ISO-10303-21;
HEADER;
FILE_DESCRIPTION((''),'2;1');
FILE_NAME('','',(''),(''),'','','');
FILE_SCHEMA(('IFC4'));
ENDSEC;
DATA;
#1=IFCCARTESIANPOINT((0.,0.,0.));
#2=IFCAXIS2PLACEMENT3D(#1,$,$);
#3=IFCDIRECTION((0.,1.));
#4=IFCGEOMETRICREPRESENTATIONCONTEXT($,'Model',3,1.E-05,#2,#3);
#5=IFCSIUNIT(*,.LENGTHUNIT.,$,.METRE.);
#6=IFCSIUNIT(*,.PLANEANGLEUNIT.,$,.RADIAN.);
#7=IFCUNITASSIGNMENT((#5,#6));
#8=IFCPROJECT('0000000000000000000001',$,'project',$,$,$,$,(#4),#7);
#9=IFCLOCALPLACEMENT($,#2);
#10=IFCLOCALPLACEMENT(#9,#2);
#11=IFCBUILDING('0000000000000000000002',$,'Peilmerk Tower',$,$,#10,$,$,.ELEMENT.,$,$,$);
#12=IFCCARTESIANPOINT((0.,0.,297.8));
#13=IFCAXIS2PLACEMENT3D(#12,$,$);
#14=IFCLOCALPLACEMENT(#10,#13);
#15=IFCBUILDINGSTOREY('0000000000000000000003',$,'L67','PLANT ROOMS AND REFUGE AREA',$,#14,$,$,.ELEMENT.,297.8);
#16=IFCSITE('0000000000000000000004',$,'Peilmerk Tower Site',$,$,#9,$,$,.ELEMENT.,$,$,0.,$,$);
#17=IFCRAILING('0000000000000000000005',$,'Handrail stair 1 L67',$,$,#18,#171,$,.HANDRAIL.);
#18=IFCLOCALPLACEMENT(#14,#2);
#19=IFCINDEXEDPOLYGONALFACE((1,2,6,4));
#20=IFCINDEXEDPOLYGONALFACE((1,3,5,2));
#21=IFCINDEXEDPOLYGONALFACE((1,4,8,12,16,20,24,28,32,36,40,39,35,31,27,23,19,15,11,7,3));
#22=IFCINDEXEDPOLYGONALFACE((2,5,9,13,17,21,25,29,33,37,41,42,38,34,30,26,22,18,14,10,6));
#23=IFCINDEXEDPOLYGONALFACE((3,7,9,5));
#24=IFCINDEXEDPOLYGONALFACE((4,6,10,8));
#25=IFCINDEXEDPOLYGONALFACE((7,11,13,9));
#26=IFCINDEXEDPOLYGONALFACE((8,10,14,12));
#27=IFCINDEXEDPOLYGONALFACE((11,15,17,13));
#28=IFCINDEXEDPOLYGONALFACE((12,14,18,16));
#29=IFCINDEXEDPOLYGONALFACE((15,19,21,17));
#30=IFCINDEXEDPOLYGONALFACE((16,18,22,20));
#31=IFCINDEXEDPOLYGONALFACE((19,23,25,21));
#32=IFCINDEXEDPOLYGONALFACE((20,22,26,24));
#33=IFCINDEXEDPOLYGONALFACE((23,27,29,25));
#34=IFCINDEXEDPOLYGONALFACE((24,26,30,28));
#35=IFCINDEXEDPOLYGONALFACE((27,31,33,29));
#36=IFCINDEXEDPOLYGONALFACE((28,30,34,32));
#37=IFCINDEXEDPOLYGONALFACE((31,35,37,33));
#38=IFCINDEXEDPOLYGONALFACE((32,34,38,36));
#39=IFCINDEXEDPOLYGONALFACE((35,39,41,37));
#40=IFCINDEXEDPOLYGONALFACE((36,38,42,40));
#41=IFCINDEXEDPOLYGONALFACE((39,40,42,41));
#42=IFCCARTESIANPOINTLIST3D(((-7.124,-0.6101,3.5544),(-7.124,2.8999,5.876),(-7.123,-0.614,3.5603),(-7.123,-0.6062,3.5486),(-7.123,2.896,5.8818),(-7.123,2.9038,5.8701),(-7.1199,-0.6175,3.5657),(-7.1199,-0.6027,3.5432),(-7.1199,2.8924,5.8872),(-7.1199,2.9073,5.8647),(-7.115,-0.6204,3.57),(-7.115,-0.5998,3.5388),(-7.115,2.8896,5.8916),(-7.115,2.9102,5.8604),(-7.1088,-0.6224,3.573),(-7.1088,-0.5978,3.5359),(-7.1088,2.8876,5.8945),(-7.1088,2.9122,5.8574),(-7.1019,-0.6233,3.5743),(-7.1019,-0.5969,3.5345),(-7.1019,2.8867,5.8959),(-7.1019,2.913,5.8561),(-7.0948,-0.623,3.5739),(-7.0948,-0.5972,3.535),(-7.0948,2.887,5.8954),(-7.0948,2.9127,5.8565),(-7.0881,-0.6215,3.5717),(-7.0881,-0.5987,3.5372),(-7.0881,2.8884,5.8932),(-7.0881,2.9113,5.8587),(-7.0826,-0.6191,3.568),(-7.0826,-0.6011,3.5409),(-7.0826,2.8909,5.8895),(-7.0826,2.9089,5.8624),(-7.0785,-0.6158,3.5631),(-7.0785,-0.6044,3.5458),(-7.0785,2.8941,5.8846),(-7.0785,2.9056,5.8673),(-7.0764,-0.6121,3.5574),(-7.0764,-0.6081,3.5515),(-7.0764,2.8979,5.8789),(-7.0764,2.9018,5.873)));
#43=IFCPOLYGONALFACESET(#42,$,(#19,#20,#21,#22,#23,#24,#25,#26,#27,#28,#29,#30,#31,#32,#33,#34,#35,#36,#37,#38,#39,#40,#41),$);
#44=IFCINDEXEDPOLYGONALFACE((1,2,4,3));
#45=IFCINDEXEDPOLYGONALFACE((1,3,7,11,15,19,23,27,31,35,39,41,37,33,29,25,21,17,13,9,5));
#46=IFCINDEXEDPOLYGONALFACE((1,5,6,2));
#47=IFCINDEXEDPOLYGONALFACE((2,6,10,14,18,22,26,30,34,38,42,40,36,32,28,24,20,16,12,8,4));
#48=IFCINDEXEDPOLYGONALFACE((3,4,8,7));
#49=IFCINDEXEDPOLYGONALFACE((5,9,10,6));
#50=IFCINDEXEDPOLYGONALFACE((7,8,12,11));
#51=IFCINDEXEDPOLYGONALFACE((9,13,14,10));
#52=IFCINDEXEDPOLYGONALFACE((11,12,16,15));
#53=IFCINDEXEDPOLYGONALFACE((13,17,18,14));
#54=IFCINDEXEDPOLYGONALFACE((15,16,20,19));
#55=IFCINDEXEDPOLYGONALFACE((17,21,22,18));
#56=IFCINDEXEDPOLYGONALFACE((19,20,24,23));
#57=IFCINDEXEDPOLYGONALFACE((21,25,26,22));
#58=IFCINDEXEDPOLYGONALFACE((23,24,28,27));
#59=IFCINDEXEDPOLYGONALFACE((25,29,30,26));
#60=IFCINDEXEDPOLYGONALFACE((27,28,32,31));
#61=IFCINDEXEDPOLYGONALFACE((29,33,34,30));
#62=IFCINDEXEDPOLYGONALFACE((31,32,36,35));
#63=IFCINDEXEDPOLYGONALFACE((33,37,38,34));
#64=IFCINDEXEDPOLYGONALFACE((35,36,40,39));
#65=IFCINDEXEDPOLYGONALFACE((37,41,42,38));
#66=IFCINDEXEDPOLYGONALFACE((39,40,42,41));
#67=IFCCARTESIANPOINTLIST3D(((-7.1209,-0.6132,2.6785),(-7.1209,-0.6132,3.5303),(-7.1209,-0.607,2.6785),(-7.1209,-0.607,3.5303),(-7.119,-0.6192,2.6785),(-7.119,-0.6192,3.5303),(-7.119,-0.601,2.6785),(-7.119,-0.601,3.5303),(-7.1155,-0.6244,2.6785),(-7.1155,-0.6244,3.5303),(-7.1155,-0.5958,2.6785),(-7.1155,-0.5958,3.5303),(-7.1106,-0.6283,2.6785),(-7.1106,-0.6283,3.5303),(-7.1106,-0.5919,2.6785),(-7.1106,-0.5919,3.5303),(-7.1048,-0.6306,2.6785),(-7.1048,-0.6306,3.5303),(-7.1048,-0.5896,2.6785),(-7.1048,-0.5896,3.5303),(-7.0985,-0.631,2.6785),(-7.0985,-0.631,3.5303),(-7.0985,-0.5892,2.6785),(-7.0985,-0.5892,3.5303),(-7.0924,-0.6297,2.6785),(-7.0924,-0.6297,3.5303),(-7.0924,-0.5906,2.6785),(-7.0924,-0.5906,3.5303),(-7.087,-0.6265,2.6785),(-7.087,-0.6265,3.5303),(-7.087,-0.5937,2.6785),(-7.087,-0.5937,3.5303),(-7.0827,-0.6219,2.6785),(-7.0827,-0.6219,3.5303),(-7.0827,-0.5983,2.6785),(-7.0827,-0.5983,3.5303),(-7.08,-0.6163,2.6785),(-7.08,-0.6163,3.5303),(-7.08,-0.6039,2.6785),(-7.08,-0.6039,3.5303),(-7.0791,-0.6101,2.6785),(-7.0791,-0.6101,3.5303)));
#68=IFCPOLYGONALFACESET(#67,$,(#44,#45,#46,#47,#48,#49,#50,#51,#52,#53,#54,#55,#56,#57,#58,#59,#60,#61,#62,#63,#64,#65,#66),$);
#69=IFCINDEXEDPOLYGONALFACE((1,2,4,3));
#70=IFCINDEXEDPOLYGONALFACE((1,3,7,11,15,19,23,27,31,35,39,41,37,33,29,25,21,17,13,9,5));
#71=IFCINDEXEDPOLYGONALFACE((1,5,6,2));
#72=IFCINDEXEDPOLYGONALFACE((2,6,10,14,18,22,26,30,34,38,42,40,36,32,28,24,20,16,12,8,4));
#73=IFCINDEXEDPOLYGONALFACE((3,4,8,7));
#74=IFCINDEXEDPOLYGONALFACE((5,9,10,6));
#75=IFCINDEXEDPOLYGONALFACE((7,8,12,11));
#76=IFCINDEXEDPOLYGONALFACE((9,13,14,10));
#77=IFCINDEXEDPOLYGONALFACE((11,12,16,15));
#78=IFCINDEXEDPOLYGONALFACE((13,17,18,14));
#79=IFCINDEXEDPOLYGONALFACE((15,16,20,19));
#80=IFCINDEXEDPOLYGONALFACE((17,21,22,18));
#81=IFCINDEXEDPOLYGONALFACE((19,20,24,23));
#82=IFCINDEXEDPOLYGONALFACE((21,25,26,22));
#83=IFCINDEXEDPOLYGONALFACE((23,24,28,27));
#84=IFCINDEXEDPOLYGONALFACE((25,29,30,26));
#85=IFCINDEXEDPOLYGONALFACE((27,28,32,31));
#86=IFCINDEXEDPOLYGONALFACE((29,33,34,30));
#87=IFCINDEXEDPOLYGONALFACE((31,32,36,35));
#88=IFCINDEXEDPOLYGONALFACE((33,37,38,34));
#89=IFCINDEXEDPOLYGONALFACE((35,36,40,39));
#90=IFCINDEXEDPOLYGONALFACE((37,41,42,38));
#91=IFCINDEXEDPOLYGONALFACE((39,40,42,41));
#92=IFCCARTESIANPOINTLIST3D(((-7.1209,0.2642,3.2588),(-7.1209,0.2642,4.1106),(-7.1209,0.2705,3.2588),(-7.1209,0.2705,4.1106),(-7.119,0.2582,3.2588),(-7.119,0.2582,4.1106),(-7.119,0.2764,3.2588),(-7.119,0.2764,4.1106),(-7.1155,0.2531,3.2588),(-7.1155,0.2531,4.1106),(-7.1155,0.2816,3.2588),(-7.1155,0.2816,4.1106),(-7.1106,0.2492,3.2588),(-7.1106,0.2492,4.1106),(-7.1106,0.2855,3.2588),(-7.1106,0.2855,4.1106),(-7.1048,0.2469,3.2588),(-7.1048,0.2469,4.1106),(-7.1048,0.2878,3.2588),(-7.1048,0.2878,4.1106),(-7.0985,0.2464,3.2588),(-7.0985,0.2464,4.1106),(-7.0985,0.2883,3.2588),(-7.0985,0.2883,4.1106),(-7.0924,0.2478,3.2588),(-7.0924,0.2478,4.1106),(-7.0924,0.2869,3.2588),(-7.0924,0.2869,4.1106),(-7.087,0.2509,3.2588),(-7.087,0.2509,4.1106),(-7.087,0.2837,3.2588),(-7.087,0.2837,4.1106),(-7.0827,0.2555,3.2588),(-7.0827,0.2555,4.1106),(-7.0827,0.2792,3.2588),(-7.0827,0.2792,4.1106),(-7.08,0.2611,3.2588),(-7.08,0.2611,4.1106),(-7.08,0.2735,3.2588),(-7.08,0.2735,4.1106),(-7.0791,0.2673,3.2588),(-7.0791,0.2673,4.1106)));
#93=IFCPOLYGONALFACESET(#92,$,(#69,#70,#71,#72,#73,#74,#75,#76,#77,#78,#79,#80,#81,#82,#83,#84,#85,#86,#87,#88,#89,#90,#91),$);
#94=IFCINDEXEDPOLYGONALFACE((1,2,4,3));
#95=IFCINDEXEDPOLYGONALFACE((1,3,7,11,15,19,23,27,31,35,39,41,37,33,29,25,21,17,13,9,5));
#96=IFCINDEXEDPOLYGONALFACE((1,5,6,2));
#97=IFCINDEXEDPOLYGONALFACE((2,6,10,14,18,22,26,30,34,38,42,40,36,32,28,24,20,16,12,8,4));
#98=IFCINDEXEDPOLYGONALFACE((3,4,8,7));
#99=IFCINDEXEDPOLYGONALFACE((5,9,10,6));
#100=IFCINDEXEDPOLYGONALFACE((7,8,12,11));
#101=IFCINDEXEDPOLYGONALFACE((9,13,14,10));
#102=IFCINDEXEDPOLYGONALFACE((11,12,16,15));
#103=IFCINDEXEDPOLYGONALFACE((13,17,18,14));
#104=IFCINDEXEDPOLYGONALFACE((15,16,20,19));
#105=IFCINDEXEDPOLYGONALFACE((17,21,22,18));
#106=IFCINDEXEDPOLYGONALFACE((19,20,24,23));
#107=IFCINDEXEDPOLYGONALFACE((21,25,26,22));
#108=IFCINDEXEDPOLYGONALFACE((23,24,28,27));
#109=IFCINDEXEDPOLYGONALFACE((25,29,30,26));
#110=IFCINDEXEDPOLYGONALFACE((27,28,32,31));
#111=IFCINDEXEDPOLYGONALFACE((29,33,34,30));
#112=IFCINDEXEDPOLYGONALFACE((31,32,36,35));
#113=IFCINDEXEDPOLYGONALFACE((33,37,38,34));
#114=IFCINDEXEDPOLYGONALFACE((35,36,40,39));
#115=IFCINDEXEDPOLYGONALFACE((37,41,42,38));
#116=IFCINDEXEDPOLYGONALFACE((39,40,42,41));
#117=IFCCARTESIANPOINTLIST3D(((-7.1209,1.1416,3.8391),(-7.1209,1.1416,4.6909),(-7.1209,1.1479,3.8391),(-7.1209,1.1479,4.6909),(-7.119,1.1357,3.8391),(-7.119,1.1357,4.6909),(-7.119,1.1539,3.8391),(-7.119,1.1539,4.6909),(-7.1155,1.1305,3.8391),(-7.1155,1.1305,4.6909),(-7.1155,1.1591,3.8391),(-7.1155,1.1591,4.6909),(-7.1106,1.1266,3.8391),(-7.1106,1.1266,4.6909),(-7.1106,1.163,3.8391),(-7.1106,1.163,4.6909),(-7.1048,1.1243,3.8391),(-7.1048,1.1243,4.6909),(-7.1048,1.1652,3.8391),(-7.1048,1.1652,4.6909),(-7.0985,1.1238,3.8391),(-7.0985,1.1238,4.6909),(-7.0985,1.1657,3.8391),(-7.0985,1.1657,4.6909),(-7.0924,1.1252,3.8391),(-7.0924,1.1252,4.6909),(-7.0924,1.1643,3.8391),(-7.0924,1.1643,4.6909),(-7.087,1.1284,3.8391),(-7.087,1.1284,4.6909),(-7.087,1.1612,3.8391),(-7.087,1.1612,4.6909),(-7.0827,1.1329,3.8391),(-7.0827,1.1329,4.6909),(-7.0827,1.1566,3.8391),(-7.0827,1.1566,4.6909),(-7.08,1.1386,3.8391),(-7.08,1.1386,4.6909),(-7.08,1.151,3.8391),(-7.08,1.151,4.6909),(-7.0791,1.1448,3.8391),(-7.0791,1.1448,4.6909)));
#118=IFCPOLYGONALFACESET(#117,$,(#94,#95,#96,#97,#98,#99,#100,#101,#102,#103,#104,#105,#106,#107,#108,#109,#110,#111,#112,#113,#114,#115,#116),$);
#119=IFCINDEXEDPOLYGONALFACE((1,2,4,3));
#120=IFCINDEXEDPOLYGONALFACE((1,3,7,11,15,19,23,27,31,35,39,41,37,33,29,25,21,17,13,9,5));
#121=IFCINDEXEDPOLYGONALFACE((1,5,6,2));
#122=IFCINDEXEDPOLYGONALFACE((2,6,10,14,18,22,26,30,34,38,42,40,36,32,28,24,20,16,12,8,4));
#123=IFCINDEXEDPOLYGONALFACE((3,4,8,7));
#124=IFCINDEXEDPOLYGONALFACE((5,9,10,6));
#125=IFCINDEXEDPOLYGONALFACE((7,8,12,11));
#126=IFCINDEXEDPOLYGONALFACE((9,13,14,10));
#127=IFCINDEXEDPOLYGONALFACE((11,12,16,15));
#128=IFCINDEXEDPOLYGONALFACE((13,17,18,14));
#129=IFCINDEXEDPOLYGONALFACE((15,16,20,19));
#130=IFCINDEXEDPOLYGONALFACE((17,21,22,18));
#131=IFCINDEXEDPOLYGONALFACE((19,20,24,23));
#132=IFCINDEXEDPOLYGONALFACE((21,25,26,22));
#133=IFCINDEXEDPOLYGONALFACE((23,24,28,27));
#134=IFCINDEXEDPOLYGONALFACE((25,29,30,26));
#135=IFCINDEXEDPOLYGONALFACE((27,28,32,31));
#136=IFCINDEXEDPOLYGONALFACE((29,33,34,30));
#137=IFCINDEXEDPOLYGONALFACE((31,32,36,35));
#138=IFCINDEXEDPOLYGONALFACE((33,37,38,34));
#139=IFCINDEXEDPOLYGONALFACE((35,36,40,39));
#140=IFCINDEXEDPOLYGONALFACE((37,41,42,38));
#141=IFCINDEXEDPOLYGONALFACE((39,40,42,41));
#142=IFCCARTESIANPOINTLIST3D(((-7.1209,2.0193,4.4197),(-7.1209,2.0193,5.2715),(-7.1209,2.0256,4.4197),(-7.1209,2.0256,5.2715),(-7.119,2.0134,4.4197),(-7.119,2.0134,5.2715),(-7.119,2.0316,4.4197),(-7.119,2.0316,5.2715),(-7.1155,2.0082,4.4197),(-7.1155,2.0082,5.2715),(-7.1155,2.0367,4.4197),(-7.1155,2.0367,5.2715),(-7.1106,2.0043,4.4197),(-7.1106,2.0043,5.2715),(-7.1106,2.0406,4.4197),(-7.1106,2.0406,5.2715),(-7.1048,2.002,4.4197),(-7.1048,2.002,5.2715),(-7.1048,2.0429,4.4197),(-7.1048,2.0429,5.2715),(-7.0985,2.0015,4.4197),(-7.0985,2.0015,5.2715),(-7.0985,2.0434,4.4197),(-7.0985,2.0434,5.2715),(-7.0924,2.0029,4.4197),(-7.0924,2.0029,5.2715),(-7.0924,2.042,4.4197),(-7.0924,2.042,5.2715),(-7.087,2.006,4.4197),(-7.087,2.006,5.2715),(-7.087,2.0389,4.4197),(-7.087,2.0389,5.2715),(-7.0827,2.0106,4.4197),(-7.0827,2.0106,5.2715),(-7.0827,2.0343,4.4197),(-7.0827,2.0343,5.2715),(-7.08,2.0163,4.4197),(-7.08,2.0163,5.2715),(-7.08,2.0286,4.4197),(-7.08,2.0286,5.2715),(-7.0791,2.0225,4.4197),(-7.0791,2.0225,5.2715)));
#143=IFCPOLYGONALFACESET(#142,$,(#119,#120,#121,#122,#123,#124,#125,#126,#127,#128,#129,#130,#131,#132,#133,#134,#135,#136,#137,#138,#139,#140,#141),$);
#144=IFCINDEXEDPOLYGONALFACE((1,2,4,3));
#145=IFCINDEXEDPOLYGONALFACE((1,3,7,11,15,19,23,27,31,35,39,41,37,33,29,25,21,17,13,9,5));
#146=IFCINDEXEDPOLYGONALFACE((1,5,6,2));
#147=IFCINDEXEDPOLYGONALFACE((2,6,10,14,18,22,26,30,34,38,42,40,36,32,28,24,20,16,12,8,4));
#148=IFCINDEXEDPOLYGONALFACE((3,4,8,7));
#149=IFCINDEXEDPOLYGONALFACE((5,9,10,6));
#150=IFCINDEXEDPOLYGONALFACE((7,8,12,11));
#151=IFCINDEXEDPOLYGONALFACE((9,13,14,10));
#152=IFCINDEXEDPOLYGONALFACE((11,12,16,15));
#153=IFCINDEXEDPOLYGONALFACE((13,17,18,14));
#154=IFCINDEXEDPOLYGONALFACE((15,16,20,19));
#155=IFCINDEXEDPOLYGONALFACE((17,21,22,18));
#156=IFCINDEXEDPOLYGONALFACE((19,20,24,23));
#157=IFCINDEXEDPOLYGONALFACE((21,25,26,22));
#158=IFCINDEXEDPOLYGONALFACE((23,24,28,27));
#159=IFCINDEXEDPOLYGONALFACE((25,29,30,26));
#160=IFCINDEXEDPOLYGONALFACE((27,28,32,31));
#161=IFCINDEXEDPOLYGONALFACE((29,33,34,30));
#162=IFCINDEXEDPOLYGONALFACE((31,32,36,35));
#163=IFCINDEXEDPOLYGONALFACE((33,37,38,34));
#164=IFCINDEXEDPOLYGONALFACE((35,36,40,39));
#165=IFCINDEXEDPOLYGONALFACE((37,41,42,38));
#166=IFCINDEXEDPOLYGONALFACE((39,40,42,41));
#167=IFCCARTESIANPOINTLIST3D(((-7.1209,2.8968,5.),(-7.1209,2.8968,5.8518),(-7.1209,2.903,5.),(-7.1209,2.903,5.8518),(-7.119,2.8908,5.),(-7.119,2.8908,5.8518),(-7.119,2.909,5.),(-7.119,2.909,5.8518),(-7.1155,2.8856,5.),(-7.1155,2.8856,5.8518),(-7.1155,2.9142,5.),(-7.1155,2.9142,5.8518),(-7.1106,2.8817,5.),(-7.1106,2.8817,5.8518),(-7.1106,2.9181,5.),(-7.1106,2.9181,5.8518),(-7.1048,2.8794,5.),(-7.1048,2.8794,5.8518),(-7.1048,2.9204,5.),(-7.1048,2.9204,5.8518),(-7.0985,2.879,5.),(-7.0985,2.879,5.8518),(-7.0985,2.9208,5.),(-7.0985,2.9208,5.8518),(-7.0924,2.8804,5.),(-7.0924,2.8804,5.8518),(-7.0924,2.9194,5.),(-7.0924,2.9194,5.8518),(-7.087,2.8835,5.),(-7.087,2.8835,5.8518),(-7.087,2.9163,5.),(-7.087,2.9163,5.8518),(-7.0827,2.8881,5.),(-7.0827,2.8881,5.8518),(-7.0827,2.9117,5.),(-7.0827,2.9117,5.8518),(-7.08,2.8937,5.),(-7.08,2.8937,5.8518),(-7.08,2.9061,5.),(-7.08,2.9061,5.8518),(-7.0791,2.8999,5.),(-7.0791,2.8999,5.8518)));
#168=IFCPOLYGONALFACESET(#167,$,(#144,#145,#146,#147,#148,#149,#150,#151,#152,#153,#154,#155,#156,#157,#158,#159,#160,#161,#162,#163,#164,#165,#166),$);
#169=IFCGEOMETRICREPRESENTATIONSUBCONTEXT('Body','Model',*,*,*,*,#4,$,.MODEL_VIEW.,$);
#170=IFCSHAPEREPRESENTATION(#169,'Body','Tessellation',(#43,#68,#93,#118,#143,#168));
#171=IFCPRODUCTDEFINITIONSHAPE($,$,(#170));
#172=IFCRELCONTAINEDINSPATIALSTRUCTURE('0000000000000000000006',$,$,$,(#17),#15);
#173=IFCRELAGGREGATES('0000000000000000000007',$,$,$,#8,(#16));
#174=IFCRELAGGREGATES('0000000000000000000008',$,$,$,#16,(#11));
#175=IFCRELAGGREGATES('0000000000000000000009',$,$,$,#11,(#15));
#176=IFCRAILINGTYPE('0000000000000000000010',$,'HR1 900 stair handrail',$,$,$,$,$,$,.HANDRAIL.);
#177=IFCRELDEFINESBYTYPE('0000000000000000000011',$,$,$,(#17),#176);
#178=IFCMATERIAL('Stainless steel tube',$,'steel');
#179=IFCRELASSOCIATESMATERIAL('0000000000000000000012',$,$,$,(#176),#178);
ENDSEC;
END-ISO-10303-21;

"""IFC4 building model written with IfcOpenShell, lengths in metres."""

from ifc_helpers import new_model, si_unit, direction, frame, origin, origin_2d, place, context, subcontext, project, spatial, circle, extrude, material, type_object, element, save


model = new_model("IFC4")

# Units and contexts
model_context = context("Model", 3, precision=1e-05, world=origin(), true_north=direction((0.0, 1.0)))
body_context = subcontext(model_context, "Body", "Model", "MODEL_VIEW")
ifc_project = project(units=[si_unit("LENGTHUNIT", "METRE"), si_unit("PLANEANGLEUNIT", "RADIAN")], contexts=[model_context])

# Site, building, storey
site_placement = place(None, origin())
site = spatial("IfcSite", under=ifc_project, at=site_placement, Name="Peilmerk Tower Site", CompositionType="ELEMENT", RefElevation=0.0)
building_placement = place(site_placement, origin())
building = spatial("IfcBuilding", under=site, at=building_placement, Name="Peilmerk Tower", CompositionType="ELEMENT")
storey_placement = place(building_placement, frame((0.0, 0.0, 297.8)))
storey = spatial("IfcBuildingStorey", under=building, at=storey_placement, Name="L67", Description="PLANT ROOMS AND REFUGE AREA", CompositionType="ELEMENT", Elevation=297.8)

# Railing
ifc_material_1 = material(Name="Stainless steel tube", Category="steel")
railing_type_1 = type_object("IfcRailingType", Name="HR1 900 stair handrail", PredefinedType="HANDRAIL", material=ifc_material_1)
railing_1_placement = place(storey_placement, frame((-7.1001, -0.6101, 2.6785)))
element("IfcRailing", 1, at=railing_1_placement, inside=storey, type_object=railing_type_1, Name="Handrail stair 1 L67", PredefinedType="HANDRAIL", context=body_context, shape_type="SweptSolid", body=[
    extrude(circle(Radius=0.0239, at=origin_2d()), frame((0.0, 0.0, 0.876), z_axis=(0.0, 0.834071, 0.551657), x_axis=(-1.0, 0.0, 0.0)), (0.0, 0.0, 1.0), 4.2083),
    extrude(circle(Radius=0.021, at=origin_2d()), origin(), (0.0, 0.0, 1.0), 0.8518),
    extrude(circle(Radius=0.021, at=origin_2d()), frame((0.0, 0.8774, 0.5803)), (0.0, 0.0, 1.0), 0.8518),
    extrude(circle(Radius=0.021, at=origin_2d()), frame((0.0, 1.7549, 1.1606)), (0.0, 0.0, 1.0), 0.8518),
    extrude(circle(Radius=0.021, at=origin_2d()), frame((0.0, 2.6326, 1.7412)), (0.0, 0.0, 1.0), 0.8518),
    extrude(circle(Radius=0.021, at=origin_2d()), frame((0.0, 3.51, 2.3215)), (0.0, 0.0, 1.0), 0.8518),
])

save(model, "model.ifc")
